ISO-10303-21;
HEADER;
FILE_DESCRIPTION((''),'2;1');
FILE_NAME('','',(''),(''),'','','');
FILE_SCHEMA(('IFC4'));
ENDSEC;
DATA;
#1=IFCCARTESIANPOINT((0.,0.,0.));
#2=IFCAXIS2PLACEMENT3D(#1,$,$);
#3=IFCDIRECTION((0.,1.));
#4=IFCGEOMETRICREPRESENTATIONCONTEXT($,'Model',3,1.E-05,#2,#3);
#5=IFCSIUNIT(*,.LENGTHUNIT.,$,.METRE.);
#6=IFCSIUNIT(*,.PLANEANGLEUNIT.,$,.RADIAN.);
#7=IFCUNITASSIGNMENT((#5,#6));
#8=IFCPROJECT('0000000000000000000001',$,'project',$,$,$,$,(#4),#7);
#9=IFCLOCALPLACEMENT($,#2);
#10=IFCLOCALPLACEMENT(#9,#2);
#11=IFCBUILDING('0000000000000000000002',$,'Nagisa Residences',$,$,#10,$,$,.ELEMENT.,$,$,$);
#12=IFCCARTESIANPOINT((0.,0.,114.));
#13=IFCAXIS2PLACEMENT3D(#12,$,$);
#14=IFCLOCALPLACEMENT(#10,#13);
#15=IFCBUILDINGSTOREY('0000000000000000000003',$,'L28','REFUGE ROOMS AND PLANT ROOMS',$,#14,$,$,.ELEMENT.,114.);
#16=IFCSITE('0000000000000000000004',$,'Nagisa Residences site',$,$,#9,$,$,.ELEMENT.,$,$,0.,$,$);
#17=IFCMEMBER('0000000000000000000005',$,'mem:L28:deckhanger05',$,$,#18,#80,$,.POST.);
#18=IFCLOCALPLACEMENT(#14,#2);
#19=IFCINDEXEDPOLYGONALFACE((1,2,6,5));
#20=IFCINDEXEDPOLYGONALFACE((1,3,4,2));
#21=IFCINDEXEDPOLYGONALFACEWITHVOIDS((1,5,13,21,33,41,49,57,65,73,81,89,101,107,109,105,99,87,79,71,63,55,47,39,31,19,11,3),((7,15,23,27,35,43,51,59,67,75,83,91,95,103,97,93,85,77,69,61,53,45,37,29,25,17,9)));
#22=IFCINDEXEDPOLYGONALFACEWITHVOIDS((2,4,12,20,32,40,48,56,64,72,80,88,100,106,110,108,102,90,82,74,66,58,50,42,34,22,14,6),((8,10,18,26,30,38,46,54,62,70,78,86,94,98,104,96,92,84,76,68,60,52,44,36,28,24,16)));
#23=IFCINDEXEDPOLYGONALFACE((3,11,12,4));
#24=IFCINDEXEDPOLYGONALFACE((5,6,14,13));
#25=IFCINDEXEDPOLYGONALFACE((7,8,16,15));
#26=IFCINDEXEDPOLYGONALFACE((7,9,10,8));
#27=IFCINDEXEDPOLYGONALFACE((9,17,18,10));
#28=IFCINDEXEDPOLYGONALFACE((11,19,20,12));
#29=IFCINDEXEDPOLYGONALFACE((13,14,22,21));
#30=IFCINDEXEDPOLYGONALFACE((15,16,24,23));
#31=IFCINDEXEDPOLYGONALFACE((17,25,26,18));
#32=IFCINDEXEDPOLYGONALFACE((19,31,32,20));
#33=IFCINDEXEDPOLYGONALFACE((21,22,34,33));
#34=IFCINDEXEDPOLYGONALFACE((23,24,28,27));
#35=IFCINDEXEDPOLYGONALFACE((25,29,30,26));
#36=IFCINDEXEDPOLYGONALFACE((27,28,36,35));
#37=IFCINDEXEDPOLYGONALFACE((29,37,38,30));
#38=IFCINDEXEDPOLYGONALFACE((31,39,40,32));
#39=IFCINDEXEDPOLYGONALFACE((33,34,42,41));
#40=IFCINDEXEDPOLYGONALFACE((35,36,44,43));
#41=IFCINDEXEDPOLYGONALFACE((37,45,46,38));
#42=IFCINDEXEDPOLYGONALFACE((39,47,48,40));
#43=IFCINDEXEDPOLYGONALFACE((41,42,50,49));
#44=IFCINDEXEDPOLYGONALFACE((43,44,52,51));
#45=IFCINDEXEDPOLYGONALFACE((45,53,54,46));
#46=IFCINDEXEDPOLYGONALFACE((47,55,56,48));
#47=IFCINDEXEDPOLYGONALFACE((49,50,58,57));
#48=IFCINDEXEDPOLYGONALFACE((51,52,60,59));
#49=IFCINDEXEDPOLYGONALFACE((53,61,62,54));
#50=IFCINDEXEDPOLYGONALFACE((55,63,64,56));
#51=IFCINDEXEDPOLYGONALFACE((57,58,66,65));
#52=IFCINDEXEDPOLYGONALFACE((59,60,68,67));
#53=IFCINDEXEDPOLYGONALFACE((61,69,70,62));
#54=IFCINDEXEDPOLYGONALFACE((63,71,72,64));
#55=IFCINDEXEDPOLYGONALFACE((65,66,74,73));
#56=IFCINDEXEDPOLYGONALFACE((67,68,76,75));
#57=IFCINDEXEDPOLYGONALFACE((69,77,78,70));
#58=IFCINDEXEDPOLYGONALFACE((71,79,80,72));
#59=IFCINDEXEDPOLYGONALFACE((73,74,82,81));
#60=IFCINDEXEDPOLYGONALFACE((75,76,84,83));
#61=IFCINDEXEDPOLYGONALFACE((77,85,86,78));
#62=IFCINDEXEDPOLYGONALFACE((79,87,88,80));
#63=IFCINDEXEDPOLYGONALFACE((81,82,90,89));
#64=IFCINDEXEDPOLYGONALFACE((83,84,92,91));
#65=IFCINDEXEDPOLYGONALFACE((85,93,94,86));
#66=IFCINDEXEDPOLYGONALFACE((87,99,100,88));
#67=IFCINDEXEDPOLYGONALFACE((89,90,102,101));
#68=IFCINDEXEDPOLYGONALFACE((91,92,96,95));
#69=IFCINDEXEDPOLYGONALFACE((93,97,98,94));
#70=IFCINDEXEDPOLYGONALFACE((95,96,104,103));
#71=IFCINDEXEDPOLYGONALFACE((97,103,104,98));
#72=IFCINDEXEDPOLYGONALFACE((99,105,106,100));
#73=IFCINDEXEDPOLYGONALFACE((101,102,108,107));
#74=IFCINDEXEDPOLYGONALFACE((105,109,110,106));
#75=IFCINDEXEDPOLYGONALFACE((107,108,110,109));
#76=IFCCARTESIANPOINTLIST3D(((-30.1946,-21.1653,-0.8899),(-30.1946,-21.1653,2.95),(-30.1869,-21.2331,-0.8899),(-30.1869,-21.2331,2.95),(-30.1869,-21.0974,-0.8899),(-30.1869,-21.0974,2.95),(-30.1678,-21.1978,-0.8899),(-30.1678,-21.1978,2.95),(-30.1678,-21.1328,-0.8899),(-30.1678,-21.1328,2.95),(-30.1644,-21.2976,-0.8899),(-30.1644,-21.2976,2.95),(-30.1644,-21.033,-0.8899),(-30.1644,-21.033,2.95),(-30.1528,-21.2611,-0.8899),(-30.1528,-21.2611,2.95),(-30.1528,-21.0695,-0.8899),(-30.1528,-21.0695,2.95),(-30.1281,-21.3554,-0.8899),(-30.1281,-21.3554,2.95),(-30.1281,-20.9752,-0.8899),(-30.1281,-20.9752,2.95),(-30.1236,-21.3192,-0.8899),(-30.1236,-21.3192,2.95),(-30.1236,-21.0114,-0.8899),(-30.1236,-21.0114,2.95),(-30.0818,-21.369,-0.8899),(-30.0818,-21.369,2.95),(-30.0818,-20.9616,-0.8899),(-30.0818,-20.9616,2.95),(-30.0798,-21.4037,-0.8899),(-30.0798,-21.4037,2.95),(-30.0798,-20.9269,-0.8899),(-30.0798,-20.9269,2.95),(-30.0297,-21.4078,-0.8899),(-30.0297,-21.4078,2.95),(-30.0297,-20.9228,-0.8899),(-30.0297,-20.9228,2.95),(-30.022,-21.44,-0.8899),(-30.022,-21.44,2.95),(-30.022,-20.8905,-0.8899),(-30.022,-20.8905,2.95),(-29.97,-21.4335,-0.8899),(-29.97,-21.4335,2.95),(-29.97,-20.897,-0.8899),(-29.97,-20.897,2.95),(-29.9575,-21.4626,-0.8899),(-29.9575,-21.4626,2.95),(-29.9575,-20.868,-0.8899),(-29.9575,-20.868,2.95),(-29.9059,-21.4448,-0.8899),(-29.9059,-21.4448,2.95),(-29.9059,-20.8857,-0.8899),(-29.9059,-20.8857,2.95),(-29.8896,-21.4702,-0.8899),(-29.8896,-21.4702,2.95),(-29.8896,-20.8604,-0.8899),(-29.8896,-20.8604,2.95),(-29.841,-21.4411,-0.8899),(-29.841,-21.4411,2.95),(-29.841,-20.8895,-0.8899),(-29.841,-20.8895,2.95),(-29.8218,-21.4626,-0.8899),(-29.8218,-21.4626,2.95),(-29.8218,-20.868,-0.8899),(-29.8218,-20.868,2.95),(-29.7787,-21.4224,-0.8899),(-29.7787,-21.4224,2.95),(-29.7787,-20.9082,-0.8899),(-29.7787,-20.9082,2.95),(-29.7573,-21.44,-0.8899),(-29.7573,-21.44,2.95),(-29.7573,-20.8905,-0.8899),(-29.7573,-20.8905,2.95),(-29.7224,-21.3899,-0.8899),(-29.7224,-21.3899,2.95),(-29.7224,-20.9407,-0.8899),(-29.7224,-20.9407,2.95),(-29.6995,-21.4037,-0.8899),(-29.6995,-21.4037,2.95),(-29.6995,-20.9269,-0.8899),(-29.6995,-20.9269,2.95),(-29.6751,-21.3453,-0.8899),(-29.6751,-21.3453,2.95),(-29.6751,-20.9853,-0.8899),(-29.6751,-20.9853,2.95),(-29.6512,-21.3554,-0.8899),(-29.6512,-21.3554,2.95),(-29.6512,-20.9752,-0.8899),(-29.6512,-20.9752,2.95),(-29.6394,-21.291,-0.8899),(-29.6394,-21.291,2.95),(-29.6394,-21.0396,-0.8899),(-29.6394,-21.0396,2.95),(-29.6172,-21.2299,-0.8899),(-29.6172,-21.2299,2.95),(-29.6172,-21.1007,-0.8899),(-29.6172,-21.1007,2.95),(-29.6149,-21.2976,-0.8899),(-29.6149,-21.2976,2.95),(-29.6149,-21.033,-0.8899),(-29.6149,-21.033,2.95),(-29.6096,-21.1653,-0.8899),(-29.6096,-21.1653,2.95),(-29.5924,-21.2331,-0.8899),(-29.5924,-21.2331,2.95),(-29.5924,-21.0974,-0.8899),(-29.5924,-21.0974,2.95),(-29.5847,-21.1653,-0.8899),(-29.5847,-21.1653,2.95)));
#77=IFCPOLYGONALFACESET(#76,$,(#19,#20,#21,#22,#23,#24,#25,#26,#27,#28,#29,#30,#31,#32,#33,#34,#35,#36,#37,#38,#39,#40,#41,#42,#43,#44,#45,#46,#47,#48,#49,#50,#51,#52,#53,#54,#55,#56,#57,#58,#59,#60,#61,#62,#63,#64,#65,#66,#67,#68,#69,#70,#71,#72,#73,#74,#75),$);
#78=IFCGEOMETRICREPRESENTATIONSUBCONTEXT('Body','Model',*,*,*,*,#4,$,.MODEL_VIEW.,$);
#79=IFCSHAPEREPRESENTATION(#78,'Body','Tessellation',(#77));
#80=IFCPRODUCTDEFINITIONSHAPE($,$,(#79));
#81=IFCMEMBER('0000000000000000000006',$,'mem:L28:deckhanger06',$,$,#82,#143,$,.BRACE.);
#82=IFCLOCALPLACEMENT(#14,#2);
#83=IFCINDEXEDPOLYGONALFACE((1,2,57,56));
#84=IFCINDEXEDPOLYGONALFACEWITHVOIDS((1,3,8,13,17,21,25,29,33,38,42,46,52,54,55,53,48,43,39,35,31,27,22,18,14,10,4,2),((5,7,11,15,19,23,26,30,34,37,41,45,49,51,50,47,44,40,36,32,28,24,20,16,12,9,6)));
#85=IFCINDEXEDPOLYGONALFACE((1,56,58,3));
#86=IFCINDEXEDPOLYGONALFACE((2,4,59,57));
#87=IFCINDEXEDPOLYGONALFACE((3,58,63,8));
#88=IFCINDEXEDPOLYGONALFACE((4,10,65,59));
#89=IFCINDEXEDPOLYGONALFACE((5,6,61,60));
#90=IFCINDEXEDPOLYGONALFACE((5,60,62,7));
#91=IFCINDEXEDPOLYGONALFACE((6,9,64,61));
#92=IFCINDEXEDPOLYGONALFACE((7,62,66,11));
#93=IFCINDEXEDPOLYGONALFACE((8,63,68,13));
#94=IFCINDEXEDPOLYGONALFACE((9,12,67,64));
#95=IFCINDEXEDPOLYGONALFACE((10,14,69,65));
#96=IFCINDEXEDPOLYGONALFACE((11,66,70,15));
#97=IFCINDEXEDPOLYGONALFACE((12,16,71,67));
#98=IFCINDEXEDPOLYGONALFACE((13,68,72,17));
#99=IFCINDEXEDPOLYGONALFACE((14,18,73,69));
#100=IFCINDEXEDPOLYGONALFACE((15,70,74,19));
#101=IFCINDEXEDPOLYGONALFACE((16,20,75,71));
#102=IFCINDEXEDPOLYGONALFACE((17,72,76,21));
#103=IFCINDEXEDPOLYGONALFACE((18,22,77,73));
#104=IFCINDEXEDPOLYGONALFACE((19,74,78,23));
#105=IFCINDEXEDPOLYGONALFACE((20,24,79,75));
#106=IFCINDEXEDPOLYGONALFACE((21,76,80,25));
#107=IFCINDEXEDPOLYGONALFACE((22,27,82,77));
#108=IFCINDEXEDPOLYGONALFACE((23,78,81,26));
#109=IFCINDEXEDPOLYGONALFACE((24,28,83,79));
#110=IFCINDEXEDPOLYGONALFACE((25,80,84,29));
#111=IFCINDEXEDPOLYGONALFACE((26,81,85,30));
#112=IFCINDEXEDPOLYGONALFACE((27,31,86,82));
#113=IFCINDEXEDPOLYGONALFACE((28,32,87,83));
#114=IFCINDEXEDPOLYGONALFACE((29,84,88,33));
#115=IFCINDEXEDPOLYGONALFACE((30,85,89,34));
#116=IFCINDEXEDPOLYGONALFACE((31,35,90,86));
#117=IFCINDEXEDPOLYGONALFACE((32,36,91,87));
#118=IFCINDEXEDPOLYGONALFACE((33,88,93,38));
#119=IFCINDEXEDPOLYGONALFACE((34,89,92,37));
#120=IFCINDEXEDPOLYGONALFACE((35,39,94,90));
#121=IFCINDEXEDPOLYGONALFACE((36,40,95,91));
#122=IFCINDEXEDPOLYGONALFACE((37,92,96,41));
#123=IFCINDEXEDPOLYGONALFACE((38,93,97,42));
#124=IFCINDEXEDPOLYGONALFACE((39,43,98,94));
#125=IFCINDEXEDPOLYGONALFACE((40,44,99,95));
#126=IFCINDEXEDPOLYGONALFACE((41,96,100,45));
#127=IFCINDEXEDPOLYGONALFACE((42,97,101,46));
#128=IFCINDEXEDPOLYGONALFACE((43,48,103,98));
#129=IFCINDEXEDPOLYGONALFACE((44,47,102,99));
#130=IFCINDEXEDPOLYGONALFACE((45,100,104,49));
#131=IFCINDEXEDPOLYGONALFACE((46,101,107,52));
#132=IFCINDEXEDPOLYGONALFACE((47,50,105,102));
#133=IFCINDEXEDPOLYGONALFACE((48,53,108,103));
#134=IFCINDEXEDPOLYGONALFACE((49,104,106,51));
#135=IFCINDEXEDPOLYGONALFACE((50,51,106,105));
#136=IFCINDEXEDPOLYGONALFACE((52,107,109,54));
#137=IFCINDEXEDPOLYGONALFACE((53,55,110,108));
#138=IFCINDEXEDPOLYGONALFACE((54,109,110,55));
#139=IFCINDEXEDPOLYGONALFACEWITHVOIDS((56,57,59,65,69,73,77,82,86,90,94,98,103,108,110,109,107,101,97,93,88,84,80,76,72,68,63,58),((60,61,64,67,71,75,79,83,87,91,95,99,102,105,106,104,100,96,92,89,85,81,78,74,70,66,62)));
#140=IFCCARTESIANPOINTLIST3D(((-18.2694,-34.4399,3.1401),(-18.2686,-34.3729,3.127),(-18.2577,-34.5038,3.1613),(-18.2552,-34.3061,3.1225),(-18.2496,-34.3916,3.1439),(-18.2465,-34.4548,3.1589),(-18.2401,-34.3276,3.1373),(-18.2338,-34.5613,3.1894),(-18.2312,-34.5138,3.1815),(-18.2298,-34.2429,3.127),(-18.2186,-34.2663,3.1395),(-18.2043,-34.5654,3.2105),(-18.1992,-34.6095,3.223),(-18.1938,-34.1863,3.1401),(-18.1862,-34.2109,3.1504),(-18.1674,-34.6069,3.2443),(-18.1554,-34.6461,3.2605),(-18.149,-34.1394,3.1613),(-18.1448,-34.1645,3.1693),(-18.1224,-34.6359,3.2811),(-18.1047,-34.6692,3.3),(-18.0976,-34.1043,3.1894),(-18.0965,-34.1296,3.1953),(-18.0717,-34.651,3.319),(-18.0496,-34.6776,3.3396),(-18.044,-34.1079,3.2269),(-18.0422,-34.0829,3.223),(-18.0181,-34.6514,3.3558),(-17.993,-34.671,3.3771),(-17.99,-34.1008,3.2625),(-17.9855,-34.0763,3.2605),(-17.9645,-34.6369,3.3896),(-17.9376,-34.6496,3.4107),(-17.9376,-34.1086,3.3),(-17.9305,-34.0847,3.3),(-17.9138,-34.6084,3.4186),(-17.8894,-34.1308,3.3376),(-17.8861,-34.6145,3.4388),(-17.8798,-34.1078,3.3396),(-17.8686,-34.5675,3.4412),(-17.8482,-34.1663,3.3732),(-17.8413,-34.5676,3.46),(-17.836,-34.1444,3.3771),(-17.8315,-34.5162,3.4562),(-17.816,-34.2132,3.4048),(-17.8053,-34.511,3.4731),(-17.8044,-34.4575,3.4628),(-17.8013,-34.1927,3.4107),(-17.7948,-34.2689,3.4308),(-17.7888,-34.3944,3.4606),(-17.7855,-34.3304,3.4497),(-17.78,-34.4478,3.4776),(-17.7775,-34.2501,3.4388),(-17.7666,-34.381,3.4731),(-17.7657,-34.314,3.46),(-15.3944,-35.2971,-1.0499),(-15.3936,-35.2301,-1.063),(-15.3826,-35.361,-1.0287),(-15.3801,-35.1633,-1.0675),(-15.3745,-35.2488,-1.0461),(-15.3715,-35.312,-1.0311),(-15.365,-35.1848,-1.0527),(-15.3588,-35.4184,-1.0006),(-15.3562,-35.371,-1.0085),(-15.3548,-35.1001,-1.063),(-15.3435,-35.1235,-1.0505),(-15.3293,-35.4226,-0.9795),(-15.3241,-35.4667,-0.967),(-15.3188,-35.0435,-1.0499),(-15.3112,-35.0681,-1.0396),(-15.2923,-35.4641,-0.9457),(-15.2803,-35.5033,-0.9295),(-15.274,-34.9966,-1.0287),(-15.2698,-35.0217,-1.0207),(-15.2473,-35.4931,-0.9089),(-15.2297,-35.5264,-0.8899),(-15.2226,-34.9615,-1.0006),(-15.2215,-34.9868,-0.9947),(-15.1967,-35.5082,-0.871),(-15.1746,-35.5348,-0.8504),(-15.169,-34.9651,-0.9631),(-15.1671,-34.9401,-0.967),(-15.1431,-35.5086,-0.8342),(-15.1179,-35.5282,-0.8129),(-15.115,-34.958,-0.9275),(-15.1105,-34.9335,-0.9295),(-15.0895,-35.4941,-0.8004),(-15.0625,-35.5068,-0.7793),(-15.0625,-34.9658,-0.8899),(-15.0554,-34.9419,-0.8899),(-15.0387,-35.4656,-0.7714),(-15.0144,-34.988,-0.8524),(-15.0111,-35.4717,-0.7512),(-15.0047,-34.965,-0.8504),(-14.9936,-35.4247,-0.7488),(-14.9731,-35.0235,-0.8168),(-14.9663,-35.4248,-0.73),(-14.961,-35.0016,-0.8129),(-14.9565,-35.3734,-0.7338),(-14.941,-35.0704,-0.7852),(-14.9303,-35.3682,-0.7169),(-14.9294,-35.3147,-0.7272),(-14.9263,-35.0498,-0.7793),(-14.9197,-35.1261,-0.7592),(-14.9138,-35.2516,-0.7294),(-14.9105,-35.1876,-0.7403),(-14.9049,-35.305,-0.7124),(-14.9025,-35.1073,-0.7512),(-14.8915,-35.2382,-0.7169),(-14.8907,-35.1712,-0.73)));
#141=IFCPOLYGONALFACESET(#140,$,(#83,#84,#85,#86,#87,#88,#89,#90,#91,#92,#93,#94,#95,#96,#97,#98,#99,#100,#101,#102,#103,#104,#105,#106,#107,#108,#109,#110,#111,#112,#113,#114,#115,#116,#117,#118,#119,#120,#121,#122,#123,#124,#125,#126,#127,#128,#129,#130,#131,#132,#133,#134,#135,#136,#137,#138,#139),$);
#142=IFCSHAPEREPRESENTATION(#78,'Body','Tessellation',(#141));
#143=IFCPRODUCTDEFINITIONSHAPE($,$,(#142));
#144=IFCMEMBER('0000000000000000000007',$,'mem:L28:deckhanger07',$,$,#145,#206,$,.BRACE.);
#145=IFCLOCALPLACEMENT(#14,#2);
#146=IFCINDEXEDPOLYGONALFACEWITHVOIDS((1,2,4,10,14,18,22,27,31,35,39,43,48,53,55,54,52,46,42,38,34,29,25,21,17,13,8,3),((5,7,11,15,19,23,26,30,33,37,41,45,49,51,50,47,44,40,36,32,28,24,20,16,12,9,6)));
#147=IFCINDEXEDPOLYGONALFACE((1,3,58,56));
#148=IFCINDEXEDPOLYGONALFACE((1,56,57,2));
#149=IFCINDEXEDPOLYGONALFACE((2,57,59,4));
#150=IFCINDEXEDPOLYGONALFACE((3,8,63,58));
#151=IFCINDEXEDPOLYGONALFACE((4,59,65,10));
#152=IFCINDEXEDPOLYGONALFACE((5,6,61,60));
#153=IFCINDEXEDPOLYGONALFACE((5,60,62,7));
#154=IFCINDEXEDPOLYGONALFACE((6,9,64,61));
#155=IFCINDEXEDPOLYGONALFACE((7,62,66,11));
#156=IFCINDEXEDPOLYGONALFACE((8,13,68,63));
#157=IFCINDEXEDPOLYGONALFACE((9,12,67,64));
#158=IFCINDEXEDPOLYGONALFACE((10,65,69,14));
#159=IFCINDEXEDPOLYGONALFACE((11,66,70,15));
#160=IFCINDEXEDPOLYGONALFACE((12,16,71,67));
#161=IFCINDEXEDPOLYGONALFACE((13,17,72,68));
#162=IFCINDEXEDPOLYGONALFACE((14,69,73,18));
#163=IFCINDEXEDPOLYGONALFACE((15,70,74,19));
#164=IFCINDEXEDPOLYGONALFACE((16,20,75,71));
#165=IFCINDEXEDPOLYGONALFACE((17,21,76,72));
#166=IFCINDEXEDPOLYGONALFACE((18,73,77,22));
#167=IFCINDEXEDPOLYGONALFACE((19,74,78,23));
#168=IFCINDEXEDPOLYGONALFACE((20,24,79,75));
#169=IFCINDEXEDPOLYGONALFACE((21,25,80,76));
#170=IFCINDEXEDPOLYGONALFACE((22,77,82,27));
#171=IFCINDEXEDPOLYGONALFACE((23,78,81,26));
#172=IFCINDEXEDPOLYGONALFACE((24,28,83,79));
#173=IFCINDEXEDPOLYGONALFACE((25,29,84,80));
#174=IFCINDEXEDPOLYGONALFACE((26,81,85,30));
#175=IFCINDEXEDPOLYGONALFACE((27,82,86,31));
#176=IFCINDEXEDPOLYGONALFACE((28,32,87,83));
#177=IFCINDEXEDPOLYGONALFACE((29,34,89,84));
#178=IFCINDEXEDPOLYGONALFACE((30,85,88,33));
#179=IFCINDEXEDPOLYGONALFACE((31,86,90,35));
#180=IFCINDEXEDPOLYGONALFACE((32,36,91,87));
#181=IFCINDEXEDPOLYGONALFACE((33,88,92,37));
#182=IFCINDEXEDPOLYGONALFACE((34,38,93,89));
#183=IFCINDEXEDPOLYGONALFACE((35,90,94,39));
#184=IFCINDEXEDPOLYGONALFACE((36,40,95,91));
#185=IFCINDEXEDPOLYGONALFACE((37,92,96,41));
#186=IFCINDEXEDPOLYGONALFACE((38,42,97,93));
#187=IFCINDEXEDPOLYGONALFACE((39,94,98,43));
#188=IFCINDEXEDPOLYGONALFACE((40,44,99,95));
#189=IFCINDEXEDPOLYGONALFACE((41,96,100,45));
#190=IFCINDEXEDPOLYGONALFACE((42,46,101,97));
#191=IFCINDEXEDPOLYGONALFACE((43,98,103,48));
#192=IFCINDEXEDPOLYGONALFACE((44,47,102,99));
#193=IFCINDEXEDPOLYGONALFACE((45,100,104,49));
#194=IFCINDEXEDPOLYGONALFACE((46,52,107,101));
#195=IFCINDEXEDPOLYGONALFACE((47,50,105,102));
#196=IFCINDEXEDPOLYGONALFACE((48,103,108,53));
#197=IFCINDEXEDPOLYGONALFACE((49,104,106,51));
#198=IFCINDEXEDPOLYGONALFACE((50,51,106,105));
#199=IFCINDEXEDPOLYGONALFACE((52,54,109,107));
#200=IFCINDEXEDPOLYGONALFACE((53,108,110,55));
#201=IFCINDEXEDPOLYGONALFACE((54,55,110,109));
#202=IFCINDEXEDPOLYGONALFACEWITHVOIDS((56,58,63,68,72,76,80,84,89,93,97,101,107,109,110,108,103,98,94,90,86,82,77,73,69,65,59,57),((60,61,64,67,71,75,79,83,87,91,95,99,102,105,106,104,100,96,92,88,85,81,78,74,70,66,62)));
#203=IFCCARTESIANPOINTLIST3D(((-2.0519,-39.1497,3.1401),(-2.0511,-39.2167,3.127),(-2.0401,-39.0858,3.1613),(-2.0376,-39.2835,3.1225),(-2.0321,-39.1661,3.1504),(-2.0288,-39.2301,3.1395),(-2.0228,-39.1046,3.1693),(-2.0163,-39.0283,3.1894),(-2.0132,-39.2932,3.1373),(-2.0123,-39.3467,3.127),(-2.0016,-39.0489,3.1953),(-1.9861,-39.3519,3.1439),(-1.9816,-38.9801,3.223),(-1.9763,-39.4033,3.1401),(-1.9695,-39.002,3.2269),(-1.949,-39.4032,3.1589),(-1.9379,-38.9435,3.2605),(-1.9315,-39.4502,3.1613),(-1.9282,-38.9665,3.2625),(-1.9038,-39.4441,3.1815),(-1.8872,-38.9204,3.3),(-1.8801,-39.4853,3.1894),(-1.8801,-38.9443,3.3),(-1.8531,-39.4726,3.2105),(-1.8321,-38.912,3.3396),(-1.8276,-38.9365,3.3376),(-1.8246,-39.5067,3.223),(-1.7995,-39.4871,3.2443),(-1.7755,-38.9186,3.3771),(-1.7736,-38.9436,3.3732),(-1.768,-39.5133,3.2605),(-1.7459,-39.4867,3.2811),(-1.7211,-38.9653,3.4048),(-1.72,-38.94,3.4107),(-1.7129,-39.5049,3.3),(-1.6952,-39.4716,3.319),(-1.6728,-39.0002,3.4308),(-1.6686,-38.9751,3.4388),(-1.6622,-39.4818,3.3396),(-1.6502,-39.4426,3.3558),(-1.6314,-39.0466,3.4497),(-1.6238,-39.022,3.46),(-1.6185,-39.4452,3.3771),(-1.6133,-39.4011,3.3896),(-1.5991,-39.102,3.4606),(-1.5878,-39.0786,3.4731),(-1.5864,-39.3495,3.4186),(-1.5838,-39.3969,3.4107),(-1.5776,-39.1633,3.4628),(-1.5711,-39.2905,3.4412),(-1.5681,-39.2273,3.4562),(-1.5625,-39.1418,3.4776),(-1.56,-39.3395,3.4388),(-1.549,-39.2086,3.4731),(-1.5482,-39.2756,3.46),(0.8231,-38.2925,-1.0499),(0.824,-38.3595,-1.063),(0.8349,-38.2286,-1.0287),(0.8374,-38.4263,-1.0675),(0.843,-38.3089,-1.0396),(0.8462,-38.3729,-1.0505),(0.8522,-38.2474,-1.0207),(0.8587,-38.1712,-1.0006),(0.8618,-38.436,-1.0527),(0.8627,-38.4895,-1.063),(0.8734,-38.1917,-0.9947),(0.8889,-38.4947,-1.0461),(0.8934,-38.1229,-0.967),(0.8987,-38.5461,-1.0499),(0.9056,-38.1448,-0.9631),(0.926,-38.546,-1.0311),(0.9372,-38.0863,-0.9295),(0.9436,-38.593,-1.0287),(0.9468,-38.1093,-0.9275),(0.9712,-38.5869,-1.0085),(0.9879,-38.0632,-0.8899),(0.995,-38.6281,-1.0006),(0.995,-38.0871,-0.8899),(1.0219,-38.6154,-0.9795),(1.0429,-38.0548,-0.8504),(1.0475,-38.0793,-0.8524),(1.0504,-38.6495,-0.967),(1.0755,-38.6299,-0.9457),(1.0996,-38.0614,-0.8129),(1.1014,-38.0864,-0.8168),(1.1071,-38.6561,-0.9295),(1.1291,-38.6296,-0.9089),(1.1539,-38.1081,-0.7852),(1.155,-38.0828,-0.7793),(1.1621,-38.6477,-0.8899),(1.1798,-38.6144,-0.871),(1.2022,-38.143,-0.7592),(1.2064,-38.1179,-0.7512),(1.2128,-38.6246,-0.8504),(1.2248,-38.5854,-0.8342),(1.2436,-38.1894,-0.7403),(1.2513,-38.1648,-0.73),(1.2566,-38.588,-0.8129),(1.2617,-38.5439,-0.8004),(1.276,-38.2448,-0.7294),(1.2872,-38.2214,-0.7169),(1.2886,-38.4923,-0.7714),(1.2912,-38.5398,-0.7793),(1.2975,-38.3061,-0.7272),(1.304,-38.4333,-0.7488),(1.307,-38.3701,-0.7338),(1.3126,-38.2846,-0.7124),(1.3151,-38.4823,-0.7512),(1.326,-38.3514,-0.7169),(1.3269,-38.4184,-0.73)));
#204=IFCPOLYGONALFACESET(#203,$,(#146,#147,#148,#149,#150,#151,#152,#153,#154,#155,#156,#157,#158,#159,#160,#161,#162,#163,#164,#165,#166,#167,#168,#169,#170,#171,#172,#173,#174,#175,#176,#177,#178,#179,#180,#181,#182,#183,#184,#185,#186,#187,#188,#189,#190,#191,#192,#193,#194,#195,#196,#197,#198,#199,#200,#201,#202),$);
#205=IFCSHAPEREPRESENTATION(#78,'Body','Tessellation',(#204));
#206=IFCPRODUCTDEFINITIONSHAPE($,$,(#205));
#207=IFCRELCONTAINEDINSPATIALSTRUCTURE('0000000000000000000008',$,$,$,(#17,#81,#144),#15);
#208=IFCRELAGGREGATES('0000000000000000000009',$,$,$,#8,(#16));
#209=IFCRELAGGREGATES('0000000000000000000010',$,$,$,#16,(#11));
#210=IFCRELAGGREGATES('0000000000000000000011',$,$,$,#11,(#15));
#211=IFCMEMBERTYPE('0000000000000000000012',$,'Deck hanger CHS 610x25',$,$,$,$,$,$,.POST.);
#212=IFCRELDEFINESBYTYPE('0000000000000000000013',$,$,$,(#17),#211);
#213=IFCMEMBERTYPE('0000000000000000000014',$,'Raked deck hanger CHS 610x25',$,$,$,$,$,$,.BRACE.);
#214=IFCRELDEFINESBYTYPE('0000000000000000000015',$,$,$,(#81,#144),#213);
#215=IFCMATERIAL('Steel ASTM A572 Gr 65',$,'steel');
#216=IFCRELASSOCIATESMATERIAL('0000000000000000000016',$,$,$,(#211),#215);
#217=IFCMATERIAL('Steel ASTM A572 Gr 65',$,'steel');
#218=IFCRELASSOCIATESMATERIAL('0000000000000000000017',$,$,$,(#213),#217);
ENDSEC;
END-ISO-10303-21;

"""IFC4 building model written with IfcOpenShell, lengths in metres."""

from ifc_helpers import new_model, si_unit, direction, frame, origin, origin_2d, place, context, subcontext, project, spatial, hollow_circle, extrude, material, material_profile, profile_set, type_object, element, save


model = new_model("IFC4")

# Units and contexts
model_context = context("Model", 3, precision=1e-05, world=origin(), true_north=direction((0.0, 1.0)))
body_context = subcontext(model_context, "Body", "Model", "MODEL_VIEW")
ifc_project = project(units=[si_unit("LENGTHUNIT", "METRE"), si_unit("PLANEANGLEUNIT", "RADIAN")], contexts=[model_context])

# Site, building, storey
site_placement = place(None, origin())
site = spatial("IfcSite", under=ifc_project, at=site_placement, Name="Nagisa Residences site", CompositionType="ELEMENT", RefElevation=0.0)
building_placement = place(site_placement, origin())
building = spatial("IfcBuilding", under=site, at=building_placement, Name="Nagisa Residences", CompositionType="ELEMENT")
storey_placement = place(building_placement, frame((0.0, 0.0, 114.0)))
storey = spatial("IfcBuildingStorey", under=building, at=storey_placement, Name="L28", Description="REFUGE ROOMS AND PLANT ROOMS", CompositionType="ELEMENT", Elevation=114.0)

# Members
ifc_material_1 = material(Name="Steel ASTM A572 Gr 65", Category="steel")
ifc_material_profile_1 = material_profile(ifc_material_1, hollow_circle(Radius=0.3049, WallThickness=0.0249, at=origin_2d()), Name="CHS 610x25")
ifc_profile_set_1 = profile_set([ifc_material_profile_1], Name="Steel ASTM A572 Gr 65")
member_type_1 = type_object("IfcMemberType", Name="Deck hanger CHS 610x25", PredefinedType="POST", material=ifc_profile_set_1)
member_1_placement = place(storey_placement, frame((-29.8896, -21.1653, 2.95), z_axis=(0.0, 0.0, -1.0), x_axis=(1.0, 0.0, 0.0)))
element("IfcMember", 1, at=member_1_placement, inside=storey, type_object=member_type_1, Name="mem:L28:deckhanger05", PredefinedType="POST", context=body_context, shape_type="SweptSolid", body=[
    extrude(hollow_circle(Radius=0.3049, WallThickness=0.0249, at=origin_2d()), origin(), (0.0, 0.0, 1.0), 3.8398),
])
ifc_material_2 = material(Name="Steel ASTM A572 Gr 65", Category="steel")
ifc_material_profile_2 = material_profile(ifc_material_2, hollow_circle(Radius=0.3049, WallThickness=0.0249, at=origin_2d()), Name="CHS 610x25")
ifc_profile_set_2 = profile_set([ifc_material_profile_2], Name="Steel ASTM A572 Gr 65")
member_type_2 = type_object("IfcMemberType", Name="Raked deck hanger CHS 610x25", PredefinedType="BRACE", material=ifc_profile_set_2)
for number, where, z_axis, x_axis, name in (
    (2, (-18.0176, -34.377, 3.3), (0.5579, -0.166337, -0.813068), (0.28572, 0.958313, 0.0), "mem:L28:deckhanger06"),
    (3, (-1.8, -39.2126, 3.3), (0.5579, 0.166337, -0.813068), (-0.28572, 0.958313, 0.0), "mem:L28:deckhanger07"),
):
    element("IfcMember", number, at=place(storey_placement, frame(where, z_axis=z_axis, x_axis=x_axis)), inside=storey, type_object=member_type_2, Name=name, PredefinedType="BRACE", context=body_context, shape_type="SweptSolid", body=[
        extrude(hollow_circle(Radius=0.3049, WallThickness=0.0249, at=origin_2d()), origin(), (0.0, 0.0, 1.0), 5.1533),
    ])

save(model, "model.ifc")
